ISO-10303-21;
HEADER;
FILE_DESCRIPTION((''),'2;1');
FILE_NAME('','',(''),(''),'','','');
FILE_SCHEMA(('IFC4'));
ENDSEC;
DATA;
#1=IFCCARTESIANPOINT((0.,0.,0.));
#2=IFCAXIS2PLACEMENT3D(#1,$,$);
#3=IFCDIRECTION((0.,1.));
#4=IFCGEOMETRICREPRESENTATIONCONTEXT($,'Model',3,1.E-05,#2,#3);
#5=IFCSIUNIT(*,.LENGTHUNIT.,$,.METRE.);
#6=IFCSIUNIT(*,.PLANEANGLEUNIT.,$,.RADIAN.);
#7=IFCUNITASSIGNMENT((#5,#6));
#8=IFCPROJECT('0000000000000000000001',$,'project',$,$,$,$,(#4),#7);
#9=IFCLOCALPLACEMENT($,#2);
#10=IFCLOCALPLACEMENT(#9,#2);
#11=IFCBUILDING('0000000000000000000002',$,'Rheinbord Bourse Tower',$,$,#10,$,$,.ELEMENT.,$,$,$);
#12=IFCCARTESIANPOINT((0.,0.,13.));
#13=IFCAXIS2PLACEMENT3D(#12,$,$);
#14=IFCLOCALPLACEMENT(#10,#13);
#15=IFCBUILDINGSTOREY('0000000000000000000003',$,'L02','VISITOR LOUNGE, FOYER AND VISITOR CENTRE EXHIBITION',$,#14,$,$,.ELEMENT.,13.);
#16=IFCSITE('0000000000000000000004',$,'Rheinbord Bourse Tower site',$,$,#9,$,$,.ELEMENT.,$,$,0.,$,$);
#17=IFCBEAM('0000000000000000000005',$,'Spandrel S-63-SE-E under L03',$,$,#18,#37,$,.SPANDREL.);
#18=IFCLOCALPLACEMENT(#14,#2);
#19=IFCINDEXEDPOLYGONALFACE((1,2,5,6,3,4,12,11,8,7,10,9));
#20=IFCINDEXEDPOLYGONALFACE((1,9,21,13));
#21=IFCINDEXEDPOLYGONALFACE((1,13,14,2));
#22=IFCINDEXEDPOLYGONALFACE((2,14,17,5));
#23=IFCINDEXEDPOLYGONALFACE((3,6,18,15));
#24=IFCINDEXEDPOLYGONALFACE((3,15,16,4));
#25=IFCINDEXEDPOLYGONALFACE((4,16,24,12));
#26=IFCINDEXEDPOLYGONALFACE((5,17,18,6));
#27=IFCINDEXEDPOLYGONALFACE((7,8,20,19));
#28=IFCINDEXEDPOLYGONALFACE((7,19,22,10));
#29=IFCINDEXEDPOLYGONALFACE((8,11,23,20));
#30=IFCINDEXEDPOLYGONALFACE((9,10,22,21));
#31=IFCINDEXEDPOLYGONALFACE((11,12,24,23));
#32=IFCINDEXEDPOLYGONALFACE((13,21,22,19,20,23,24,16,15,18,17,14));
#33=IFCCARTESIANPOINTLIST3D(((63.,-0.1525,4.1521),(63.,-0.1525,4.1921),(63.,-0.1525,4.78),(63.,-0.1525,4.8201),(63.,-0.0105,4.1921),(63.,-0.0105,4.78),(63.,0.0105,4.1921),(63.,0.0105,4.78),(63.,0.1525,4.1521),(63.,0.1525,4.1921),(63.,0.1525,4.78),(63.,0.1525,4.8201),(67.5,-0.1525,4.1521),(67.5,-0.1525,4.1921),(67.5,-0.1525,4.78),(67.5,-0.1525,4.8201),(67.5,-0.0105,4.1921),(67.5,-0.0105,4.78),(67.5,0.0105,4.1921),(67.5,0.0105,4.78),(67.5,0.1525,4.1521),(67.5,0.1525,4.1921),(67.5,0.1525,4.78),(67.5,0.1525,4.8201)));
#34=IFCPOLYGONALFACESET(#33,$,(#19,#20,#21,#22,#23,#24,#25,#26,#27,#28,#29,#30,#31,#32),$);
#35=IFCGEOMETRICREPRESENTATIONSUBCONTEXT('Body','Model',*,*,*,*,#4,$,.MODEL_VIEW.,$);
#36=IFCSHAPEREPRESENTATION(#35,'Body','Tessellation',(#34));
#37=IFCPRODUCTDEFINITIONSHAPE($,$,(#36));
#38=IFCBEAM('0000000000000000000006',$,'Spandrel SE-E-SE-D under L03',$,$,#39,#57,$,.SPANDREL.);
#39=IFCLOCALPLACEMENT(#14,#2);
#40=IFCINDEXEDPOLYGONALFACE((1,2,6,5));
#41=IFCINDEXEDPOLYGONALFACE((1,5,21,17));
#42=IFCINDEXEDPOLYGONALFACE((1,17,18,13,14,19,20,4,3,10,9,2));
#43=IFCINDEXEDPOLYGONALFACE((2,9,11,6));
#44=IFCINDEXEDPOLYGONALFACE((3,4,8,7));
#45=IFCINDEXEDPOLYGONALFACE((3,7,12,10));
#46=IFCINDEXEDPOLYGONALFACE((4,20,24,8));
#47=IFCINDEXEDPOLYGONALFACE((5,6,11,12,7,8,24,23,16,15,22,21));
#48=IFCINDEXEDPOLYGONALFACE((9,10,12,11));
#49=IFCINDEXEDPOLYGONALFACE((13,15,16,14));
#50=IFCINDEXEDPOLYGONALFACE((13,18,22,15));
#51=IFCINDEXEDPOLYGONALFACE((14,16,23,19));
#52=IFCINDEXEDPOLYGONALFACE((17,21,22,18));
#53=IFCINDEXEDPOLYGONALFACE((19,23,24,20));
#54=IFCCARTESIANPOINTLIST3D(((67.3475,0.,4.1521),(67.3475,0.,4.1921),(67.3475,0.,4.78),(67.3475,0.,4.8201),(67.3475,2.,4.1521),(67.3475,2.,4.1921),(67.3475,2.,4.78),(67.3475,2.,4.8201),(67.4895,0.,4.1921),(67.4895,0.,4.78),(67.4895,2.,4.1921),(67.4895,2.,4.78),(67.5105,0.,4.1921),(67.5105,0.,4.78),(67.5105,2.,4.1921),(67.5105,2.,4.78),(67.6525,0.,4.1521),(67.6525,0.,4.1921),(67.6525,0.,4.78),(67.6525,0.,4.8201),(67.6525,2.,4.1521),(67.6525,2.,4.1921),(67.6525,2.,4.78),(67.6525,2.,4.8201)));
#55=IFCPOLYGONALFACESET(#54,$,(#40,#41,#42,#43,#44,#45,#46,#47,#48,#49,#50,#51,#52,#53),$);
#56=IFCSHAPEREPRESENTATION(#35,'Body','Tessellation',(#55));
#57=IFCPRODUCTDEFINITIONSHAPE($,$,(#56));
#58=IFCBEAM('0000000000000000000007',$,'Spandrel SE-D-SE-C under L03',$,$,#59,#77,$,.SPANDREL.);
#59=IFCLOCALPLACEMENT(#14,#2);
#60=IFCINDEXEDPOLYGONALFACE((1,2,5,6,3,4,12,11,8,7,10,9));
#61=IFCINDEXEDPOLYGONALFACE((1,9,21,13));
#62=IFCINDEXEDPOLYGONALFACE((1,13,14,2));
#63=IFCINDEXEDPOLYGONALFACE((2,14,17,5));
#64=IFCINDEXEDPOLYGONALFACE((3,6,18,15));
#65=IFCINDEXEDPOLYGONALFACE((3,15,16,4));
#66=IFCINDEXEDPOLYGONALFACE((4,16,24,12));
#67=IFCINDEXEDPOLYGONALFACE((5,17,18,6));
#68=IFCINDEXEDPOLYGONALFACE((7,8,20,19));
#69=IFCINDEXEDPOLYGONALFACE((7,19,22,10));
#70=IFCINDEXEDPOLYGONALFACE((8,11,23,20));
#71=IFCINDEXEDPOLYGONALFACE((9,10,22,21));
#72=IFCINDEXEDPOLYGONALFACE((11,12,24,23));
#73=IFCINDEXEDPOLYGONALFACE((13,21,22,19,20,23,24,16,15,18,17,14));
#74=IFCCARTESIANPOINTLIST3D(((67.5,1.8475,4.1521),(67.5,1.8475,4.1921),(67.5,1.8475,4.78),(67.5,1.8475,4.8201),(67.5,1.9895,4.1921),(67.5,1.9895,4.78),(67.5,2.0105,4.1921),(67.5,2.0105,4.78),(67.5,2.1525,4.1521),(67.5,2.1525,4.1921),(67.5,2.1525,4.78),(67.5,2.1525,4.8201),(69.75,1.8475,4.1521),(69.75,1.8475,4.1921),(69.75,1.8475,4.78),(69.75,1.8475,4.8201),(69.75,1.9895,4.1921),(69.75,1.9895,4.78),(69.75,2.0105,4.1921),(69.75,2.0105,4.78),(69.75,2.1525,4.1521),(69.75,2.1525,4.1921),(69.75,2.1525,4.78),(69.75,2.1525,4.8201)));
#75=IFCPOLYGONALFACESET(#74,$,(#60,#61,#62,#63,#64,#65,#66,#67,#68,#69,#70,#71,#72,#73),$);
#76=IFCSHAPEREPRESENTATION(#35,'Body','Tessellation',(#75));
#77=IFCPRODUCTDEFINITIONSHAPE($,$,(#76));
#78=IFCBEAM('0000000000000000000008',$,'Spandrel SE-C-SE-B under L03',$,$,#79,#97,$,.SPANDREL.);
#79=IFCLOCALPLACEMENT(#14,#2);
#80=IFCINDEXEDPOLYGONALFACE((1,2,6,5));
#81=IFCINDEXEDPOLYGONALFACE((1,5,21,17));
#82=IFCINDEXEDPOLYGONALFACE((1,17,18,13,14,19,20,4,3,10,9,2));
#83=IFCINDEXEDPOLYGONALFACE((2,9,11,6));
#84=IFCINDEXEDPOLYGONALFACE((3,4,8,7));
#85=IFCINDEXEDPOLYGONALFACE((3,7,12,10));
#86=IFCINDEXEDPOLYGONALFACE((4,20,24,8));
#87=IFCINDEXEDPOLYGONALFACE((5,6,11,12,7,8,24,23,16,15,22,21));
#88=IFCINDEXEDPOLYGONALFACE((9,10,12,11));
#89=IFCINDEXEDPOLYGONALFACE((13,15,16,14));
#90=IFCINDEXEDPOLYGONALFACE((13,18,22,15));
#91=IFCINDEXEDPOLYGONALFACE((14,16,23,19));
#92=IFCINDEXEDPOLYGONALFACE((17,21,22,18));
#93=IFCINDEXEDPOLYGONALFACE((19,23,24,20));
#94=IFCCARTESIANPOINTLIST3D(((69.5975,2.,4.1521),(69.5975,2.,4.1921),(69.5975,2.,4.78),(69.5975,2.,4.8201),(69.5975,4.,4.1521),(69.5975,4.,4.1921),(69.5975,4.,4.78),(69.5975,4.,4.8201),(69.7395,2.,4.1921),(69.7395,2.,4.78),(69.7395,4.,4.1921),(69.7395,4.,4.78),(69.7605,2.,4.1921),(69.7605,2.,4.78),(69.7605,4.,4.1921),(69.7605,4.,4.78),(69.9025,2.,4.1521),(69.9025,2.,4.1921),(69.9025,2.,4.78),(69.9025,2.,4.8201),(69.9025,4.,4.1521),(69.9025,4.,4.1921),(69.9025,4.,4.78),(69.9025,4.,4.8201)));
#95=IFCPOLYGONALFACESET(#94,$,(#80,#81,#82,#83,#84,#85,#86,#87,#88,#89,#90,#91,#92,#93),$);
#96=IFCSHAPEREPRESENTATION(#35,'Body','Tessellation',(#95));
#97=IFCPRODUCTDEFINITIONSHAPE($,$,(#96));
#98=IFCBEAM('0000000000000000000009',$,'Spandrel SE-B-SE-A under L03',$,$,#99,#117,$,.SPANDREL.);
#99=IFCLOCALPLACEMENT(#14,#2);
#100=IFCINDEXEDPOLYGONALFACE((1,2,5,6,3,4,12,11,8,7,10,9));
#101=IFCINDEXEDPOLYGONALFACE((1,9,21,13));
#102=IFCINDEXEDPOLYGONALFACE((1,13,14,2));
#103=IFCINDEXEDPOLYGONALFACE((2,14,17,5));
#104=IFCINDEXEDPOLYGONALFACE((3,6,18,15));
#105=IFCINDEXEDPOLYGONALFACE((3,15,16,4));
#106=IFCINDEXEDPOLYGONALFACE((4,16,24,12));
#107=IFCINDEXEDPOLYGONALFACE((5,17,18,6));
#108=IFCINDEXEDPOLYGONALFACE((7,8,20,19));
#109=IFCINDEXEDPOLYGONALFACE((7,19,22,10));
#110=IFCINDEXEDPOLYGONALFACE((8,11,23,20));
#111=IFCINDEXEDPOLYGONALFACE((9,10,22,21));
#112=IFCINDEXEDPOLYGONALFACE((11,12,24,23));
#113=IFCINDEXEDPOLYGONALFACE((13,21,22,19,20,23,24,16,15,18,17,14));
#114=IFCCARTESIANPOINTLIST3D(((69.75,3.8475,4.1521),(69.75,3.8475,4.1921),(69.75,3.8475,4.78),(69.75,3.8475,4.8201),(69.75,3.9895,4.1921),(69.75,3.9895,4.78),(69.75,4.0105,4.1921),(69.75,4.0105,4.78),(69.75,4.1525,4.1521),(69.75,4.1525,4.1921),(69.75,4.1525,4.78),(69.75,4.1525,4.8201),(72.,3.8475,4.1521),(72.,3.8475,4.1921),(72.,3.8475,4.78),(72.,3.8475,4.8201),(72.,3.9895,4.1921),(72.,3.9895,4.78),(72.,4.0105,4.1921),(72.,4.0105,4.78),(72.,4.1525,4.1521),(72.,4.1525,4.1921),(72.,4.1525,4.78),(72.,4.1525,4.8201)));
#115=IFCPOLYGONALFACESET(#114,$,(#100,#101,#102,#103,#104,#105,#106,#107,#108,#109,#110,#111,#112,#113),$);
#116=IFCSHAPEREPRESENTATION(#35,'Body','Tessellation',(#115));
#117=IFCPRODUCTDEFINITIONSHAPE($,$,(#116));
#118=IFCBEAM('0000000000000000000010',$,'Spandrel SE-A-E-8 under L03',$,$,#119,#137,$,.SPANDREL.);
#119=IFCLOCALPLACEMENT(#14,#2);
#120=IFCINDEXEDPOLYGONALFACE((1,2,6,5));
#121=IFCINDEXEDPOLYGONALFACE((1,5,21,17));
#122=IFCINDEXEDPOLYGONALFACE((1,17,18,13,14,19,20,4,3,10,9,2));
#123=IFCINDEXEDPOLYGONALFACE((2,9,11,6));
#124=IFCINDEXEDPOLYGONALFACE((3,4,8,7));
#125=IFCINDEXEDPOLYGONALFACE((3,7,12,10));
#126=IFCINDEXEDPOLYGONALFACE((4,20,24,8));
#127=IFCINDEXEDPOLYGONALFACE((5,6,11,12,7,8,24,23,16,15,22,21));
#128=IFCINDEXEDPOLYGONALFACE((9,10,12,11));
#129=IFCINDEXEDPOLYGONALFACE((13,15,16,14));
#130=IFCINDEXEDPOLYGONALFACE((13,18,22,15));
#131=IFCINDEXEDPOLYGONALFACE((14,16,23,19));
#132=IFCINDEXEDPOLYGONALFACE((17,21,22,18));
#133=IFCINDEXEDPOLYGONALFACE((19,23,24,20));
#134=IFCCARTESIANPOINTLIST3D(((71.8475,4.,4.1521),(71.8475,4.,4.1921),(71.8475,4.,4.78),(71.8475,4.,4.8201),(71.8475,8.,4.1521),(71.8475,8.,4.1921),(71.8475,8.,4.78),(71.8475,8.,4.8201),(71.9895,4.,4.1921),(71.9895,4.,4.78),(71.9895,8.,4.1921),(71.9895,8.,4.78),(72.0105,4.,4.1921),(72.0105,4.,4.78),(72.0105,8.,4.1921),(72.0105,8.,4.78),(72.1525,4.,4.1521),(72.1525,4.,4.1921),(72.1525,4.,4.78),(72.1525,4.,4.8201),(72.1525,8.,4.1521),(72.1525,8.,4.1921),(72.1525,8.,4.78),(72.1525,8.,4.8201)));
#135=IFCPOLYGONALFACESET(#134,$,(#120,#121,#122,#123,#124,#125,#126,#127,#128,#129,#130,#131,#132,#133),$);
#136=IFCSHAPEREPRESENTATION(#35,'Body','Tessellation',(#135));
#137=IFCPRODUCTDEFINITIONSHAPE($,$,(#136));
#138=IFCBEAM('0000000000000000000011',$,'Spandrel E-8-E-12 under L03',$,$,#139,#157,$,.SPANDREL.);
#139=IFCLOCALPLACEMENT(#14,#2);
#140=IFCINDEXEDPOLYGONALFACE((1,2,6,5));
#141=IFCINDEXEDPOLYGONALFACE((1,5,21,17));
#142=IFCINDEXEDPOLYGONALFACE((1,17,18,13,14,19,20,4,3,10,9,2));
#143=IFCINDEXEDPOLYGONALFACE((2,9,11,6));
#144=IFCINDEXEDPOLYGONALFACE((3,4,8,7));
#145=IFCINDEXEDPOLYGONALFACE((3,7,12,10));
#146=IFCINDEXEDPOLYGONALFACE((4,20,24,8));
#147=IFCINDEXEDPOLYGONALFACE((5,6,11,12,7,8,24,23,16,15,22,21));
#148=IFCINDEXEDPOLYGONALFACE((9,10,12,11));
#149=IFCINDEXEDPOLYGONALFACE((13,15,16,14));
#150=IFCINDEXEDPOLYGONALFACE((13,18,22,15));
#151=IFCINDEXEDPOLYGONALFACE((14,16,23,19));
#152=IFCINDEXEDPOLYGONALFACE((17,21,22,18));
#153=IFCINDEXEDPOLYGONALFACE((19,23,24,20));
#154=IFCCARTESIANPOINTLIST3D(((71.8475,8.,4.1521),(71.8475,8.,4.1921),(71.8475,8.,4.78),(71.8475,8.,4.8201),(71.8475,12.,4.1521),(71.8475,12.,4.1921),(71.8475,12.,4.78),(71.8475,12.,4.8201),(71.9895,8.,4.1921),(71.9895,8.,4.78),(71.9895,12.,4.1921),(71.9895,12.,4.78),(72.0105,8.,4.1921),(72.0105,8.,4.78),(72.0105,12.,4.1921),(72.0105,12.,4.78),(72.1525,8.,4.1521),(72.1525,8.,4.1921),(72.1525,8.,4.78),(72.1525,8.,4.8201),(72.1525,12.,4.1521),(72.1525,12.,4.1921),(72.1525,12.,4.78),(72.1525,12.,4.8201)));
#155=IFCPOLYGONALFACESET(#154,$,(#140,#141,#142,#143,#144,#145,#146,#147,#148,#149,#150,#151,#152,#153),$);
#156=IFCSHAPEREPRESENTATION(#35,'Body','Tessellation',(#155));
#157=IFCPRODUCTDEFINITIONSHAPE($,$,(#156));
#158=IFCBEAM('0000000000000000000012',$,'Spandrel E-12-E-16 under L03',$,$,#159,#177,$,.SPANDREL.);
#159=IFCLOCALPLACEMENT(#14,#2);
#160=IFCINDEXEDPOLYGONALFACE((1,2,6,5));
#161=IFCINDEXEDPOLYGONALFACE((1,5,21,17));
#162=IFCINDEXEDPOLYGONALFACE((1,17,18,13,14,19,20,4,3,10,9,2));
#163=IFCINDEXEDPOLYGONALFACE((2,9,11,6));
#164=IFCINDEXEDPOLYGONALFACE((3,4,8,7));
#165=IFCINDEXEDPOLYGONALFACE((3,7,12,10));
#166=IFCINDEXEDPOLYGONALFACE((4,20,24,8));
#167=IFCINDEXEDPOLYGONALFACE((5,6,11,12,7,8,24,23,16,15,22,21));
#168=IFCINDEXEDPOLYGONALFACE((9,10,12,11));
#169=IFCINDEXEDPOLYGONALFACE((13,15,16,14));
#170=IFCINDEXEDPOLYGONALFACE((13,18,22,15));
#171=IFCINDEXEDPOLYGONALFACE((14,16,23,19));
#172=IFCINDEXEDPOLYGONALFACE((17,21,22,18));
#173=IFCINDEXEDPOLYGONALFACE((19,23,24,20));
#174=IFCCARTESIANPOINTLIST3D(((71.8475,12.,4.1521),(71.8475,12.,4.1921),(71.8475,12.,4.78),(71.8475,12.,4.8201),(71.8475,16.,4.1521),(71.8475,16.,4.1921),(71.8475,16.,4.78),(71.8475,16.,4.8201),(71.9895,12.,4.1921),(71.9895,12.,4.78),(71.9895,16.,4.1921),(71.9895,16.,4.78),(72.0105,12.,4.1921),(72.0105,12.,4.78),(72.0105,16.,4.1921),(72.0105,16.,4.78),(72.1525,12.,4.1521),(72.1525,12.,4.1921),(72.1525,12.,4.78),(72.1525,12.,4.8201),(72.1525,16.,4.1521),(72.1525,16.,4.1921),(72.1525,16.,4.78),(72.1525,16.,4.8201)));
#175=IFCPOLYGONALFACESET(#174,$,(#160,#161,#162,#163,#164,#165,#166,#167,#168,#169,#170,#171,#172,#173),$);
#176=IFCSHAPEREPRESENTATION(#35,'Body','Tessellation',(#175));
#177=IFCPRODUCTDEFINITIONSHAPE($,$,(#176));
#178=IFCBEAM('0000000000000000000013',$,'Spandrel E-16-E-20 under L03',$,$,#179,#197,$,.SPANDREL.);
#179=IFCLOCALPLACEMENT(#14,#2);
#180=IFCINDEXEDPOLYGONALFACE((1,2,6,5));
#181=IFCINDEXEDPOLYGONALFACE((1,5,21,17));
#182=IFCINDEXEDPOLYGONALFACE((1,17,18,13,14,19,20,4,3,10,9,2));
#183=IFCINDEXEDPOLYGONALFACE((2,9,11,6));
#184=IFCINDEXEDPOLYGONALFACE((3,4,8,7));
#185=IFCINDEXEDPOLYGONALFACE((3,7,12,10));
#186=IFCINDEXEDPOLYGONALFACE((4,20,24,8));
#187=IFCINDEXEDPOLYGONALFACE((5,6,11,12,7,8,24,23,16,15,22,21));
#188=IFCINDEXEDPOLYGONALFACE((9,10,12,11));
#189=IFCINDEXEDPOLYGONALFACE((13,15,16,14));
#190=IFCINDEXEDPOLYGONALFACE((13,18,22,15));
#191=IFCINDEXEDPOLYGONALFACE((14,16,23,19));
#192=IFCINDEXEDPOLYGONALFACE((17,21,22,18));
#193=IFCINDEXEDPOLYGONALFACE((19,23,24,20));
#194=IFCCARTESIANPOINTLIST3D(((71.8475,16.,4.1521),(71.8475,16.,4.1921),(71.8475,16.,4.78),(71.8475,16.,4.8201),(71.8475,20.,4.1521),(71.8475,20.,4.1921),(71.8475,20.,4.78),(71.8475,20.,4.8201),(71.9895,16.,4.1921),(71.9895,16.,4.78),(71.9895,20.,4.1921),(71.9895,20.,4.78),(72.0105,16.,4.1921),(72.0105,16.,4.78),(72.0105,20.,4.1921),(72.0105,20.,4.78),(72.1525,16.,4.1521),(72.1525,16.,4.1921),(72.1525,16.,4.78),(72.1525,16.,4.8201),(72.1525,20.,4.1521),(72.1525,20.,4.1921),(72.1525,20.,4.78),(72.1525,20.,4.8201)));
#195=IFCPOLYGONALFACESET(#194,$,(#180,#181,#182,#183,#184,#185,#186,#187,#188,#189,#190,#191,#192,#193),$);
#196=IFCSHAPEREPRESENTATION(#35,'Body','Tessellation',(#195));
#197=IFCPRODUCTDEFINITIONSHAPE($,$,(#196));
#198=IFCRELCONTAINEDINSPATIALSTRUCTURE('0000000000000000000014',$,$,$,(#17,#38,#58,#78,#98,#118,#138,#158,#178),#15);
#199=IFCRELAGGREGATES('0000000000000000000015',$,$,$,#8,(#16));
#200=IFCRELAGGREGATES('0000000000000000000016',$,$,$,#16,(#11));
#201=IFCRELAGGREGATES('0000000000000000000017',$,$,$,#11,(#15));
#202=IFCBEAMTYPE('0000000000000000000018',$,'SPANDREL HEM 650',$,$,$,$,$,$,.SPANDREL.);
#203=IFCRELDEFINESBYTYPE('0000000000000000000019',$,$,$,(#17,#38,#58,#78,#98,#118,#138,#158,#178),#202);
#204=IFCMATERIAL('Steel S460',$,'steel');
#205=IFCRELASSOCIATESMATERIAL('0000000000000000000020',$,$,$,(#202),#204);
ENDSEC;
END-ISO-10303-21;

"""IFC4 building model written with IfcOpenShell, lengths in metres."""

from ifc_helpers import new_model, si_unit, direction, frame, origin, origin_2d, place, context, subcontext, project, spatial, i_section, extrude, material, material_profile, profile_set, type_object, element, save


model = new_model("IFC4")

# Units and contexts
model_context = context("Model", 3, precision=1e-05, world=origin(), true_north=direction((0.0, 1.0)))
body_context = subcontext(model_context, "Body", "Model", "MODEL_VIEW")
ifc_project = project(units=[si_unit("LENGTHUNIT", "METRE"), si_unit("PLANEANGLEUNIT", "RADIAN")], contexts=[model_context])

# Site, building, storey
site_placement = place(None, origin())
site = spatial("IfcSite", under=ifc_project, at=site_placement, Name="Rheinbord Bourse Tower site", CompositionType="ELEMENT", RefElevation=0.0)
building_placement = place(site_placement, origin())
building = spatial("IfcBuilding", under=site, at=building_placement, Name="Rheinbord Bourse Tower", CompositionType="ELEMENT")
storey_placement = place(building_placement, frame((0.0, 0.0, 13.0)))
storey = spatial("IfcBuildingStorey", under=building, at=storey_placement, Name="L02", Description="VISITOR LOUNGE, FOYER AND VISITOR CENTRE EXHIBITION", CompositionType="ELEMENT", Elevation=13.0)

# Beams
ifc_material_1 = material(Name="Steel S460", Category="steel")
ifc_material_profile_1 = material_profile(ifc_material_1, i_section(OverallWidth=0.3049, OverallDepth=0.668, WebThickness=0.021, FlangeThickness=0.04, at=origin_2d()), Name="HEM 650")
ifc_profile_set_1 = profile_set([ifc_material_profile_1], Name="Steel S460")
beam_type = type_object("IfcBeamType", Name="SPANDREL HEM 650", PredefinedType="SPANDREL", material=ifc_profile_set_1)
beam_1_placement = place(storey_placement, frame((63.0, 0.0, 4.4861), z_axis=(1.0, 0.0, 0.0), x_axis=(0.0, 1.0, 0.0)))
element("IfcBeam", 1, at=beam_1_placement, inside=storey, type_object=beam_type, Name="Spandrel S-63-SE-E under L03", PredefinedType="SPANDREL", context=body_context, shape_type="SweptSolid", body=[
    extrude(i_section(OverallWidth=0.3049, OverallDepth=0.668, WebThickness=0.021, FlangeThickness=0.04, at=origin_2d()), origin(), (0.0, 0.0, 1.0), 4.5),
])
beam_2_placement = place(storey_placement, frame((67.5, 0.0, 4.4861), z_axis=(0.0, 1.0, 0.0), x_axis=(-1.0, 0.0, 0.0)))
element("IfcBeam", 2, at=beam_2_placement, inside=storey, type_object=beam_type, Name="Spandrel SE-E-SE-D under L03", PredefinedType="SPANDREL", context=body_context, shape_type="SweptSolid", body=[
    extrude(i_section(OverallWidth=0.3049, OverallDepth=0.668, WebThickness=0.021, FlangeThickness=0.04, at=origin_2d()), origin(), (0.0, 0.0, 1.0), 2.0),
])
beam_3_placement = place(storey_placement, frame((67.5, 2.0, 4.4861), z_axis=(1.0, 0.0, 0.0), x_axis=(0.0, 1.0, 0.0)))
element("IfcBeam", 3, at=beam_3_placement, inside=storey, type_object=beam_type, Name="Spandrel SE-D-SE-C under L03", PredefinedType="SPANDREL", context=body_context, shape_type="SweptSolid", body=[
    extrude(i_section(OverallWidth=0.3049, OverallDepth=0.668, WebThickness=0.021, FlangeThickness=0.04, at=origin_2d()), origin(), (0.0, 0.0, 1.0), 2.25),
])
beam_4_placement = place(storey_placement, frame((69.75, 2.0, 4.4861), z_axis=(0.0, 1.0, 0.0), x_axis=(-1.0, 0.0, 0.0)))
element("IfcBeam", 4, at=beam_4_placement, inside=storey, type_object=beam_type, Name="Spandrel SE-C-SE-B under L03", PredefinedType="SPANDREL", context=body_context, shape_type="SweptSolid", body=[
    extrude(i_section(OverallWidth=0.3049, OverallDepth=0.668, WebThickness=0.021, FlangeThickness=0.04, at=origin_2d()), origin(), (0.0, 0.0, 1.0), 2.0),
])
beam_5_placement = place(storey_placement, frame((69.75, 4.0, 4.4861), z_axis=(1.0, 0.0, 0.0), x_axis=(0.0, 1.0, 0.0)))
element("IfcBeam", 5, at=beam_5_placement, inside=storey, type_object=beam_type, Name="Spandrel SE-B-SE-A under L03", PredefinedType="SPANDREL", context=body_context, shape_type="SweptSolid", body=[
    extrude(i_section(OverallWidth=0.3049, OverallDepth=0.668, WebThickness=0.021, FlangeThickness=0.04, at=origin_2d()), origin(), (0.0, 0.0, 1.0), 2.25),
])
for number, where, z_axis, x_axis, name in (
    (6, (72.0, 4.0, 4.4861), (0.0, 1.0, 0.0), (-1.0, 0.0, 0.0), "Spandrel SE-A-E-8 under L03"),
    (7, (72.0, 8.0, 4.4861), (0.0, 1.0, 0.0), (-1.0, 0.0, 0.0), "Spandrel E-8-E-12 under L03"),
    (8, (72.0, 12.0, 4.4861), (0.0, 1.0, 0.0), (-1.0, 0.0, 0.0), "Spandrel E-12-E-16 under L03"),
    (9, (72.0, 16.0, 4.4861), (0.0, 1.0, 0.0), (-1.0, 0.0, 0.0), "Spandrel E-16-E-20 under L03"),
):
    element("IfcBeam", number, at=place(storey_placement, frame(where, z_axis=z_axis, x_axis=x_axis)), inside=storey, type_object=beam_type, Name=name, PredefinedType="SPANDREL", context=body_context, shape_type="SweptSolid", body=[
        extrude(i_section(OverallWidth=0.3049, OverallDepth=0.668, WebThickness=0.021, FlangeThickness=0.04, at=origin_2d()), origin(), (0.0, 0.0, 1.0), 4.0),
    ])

save(model, "model.ifc")
